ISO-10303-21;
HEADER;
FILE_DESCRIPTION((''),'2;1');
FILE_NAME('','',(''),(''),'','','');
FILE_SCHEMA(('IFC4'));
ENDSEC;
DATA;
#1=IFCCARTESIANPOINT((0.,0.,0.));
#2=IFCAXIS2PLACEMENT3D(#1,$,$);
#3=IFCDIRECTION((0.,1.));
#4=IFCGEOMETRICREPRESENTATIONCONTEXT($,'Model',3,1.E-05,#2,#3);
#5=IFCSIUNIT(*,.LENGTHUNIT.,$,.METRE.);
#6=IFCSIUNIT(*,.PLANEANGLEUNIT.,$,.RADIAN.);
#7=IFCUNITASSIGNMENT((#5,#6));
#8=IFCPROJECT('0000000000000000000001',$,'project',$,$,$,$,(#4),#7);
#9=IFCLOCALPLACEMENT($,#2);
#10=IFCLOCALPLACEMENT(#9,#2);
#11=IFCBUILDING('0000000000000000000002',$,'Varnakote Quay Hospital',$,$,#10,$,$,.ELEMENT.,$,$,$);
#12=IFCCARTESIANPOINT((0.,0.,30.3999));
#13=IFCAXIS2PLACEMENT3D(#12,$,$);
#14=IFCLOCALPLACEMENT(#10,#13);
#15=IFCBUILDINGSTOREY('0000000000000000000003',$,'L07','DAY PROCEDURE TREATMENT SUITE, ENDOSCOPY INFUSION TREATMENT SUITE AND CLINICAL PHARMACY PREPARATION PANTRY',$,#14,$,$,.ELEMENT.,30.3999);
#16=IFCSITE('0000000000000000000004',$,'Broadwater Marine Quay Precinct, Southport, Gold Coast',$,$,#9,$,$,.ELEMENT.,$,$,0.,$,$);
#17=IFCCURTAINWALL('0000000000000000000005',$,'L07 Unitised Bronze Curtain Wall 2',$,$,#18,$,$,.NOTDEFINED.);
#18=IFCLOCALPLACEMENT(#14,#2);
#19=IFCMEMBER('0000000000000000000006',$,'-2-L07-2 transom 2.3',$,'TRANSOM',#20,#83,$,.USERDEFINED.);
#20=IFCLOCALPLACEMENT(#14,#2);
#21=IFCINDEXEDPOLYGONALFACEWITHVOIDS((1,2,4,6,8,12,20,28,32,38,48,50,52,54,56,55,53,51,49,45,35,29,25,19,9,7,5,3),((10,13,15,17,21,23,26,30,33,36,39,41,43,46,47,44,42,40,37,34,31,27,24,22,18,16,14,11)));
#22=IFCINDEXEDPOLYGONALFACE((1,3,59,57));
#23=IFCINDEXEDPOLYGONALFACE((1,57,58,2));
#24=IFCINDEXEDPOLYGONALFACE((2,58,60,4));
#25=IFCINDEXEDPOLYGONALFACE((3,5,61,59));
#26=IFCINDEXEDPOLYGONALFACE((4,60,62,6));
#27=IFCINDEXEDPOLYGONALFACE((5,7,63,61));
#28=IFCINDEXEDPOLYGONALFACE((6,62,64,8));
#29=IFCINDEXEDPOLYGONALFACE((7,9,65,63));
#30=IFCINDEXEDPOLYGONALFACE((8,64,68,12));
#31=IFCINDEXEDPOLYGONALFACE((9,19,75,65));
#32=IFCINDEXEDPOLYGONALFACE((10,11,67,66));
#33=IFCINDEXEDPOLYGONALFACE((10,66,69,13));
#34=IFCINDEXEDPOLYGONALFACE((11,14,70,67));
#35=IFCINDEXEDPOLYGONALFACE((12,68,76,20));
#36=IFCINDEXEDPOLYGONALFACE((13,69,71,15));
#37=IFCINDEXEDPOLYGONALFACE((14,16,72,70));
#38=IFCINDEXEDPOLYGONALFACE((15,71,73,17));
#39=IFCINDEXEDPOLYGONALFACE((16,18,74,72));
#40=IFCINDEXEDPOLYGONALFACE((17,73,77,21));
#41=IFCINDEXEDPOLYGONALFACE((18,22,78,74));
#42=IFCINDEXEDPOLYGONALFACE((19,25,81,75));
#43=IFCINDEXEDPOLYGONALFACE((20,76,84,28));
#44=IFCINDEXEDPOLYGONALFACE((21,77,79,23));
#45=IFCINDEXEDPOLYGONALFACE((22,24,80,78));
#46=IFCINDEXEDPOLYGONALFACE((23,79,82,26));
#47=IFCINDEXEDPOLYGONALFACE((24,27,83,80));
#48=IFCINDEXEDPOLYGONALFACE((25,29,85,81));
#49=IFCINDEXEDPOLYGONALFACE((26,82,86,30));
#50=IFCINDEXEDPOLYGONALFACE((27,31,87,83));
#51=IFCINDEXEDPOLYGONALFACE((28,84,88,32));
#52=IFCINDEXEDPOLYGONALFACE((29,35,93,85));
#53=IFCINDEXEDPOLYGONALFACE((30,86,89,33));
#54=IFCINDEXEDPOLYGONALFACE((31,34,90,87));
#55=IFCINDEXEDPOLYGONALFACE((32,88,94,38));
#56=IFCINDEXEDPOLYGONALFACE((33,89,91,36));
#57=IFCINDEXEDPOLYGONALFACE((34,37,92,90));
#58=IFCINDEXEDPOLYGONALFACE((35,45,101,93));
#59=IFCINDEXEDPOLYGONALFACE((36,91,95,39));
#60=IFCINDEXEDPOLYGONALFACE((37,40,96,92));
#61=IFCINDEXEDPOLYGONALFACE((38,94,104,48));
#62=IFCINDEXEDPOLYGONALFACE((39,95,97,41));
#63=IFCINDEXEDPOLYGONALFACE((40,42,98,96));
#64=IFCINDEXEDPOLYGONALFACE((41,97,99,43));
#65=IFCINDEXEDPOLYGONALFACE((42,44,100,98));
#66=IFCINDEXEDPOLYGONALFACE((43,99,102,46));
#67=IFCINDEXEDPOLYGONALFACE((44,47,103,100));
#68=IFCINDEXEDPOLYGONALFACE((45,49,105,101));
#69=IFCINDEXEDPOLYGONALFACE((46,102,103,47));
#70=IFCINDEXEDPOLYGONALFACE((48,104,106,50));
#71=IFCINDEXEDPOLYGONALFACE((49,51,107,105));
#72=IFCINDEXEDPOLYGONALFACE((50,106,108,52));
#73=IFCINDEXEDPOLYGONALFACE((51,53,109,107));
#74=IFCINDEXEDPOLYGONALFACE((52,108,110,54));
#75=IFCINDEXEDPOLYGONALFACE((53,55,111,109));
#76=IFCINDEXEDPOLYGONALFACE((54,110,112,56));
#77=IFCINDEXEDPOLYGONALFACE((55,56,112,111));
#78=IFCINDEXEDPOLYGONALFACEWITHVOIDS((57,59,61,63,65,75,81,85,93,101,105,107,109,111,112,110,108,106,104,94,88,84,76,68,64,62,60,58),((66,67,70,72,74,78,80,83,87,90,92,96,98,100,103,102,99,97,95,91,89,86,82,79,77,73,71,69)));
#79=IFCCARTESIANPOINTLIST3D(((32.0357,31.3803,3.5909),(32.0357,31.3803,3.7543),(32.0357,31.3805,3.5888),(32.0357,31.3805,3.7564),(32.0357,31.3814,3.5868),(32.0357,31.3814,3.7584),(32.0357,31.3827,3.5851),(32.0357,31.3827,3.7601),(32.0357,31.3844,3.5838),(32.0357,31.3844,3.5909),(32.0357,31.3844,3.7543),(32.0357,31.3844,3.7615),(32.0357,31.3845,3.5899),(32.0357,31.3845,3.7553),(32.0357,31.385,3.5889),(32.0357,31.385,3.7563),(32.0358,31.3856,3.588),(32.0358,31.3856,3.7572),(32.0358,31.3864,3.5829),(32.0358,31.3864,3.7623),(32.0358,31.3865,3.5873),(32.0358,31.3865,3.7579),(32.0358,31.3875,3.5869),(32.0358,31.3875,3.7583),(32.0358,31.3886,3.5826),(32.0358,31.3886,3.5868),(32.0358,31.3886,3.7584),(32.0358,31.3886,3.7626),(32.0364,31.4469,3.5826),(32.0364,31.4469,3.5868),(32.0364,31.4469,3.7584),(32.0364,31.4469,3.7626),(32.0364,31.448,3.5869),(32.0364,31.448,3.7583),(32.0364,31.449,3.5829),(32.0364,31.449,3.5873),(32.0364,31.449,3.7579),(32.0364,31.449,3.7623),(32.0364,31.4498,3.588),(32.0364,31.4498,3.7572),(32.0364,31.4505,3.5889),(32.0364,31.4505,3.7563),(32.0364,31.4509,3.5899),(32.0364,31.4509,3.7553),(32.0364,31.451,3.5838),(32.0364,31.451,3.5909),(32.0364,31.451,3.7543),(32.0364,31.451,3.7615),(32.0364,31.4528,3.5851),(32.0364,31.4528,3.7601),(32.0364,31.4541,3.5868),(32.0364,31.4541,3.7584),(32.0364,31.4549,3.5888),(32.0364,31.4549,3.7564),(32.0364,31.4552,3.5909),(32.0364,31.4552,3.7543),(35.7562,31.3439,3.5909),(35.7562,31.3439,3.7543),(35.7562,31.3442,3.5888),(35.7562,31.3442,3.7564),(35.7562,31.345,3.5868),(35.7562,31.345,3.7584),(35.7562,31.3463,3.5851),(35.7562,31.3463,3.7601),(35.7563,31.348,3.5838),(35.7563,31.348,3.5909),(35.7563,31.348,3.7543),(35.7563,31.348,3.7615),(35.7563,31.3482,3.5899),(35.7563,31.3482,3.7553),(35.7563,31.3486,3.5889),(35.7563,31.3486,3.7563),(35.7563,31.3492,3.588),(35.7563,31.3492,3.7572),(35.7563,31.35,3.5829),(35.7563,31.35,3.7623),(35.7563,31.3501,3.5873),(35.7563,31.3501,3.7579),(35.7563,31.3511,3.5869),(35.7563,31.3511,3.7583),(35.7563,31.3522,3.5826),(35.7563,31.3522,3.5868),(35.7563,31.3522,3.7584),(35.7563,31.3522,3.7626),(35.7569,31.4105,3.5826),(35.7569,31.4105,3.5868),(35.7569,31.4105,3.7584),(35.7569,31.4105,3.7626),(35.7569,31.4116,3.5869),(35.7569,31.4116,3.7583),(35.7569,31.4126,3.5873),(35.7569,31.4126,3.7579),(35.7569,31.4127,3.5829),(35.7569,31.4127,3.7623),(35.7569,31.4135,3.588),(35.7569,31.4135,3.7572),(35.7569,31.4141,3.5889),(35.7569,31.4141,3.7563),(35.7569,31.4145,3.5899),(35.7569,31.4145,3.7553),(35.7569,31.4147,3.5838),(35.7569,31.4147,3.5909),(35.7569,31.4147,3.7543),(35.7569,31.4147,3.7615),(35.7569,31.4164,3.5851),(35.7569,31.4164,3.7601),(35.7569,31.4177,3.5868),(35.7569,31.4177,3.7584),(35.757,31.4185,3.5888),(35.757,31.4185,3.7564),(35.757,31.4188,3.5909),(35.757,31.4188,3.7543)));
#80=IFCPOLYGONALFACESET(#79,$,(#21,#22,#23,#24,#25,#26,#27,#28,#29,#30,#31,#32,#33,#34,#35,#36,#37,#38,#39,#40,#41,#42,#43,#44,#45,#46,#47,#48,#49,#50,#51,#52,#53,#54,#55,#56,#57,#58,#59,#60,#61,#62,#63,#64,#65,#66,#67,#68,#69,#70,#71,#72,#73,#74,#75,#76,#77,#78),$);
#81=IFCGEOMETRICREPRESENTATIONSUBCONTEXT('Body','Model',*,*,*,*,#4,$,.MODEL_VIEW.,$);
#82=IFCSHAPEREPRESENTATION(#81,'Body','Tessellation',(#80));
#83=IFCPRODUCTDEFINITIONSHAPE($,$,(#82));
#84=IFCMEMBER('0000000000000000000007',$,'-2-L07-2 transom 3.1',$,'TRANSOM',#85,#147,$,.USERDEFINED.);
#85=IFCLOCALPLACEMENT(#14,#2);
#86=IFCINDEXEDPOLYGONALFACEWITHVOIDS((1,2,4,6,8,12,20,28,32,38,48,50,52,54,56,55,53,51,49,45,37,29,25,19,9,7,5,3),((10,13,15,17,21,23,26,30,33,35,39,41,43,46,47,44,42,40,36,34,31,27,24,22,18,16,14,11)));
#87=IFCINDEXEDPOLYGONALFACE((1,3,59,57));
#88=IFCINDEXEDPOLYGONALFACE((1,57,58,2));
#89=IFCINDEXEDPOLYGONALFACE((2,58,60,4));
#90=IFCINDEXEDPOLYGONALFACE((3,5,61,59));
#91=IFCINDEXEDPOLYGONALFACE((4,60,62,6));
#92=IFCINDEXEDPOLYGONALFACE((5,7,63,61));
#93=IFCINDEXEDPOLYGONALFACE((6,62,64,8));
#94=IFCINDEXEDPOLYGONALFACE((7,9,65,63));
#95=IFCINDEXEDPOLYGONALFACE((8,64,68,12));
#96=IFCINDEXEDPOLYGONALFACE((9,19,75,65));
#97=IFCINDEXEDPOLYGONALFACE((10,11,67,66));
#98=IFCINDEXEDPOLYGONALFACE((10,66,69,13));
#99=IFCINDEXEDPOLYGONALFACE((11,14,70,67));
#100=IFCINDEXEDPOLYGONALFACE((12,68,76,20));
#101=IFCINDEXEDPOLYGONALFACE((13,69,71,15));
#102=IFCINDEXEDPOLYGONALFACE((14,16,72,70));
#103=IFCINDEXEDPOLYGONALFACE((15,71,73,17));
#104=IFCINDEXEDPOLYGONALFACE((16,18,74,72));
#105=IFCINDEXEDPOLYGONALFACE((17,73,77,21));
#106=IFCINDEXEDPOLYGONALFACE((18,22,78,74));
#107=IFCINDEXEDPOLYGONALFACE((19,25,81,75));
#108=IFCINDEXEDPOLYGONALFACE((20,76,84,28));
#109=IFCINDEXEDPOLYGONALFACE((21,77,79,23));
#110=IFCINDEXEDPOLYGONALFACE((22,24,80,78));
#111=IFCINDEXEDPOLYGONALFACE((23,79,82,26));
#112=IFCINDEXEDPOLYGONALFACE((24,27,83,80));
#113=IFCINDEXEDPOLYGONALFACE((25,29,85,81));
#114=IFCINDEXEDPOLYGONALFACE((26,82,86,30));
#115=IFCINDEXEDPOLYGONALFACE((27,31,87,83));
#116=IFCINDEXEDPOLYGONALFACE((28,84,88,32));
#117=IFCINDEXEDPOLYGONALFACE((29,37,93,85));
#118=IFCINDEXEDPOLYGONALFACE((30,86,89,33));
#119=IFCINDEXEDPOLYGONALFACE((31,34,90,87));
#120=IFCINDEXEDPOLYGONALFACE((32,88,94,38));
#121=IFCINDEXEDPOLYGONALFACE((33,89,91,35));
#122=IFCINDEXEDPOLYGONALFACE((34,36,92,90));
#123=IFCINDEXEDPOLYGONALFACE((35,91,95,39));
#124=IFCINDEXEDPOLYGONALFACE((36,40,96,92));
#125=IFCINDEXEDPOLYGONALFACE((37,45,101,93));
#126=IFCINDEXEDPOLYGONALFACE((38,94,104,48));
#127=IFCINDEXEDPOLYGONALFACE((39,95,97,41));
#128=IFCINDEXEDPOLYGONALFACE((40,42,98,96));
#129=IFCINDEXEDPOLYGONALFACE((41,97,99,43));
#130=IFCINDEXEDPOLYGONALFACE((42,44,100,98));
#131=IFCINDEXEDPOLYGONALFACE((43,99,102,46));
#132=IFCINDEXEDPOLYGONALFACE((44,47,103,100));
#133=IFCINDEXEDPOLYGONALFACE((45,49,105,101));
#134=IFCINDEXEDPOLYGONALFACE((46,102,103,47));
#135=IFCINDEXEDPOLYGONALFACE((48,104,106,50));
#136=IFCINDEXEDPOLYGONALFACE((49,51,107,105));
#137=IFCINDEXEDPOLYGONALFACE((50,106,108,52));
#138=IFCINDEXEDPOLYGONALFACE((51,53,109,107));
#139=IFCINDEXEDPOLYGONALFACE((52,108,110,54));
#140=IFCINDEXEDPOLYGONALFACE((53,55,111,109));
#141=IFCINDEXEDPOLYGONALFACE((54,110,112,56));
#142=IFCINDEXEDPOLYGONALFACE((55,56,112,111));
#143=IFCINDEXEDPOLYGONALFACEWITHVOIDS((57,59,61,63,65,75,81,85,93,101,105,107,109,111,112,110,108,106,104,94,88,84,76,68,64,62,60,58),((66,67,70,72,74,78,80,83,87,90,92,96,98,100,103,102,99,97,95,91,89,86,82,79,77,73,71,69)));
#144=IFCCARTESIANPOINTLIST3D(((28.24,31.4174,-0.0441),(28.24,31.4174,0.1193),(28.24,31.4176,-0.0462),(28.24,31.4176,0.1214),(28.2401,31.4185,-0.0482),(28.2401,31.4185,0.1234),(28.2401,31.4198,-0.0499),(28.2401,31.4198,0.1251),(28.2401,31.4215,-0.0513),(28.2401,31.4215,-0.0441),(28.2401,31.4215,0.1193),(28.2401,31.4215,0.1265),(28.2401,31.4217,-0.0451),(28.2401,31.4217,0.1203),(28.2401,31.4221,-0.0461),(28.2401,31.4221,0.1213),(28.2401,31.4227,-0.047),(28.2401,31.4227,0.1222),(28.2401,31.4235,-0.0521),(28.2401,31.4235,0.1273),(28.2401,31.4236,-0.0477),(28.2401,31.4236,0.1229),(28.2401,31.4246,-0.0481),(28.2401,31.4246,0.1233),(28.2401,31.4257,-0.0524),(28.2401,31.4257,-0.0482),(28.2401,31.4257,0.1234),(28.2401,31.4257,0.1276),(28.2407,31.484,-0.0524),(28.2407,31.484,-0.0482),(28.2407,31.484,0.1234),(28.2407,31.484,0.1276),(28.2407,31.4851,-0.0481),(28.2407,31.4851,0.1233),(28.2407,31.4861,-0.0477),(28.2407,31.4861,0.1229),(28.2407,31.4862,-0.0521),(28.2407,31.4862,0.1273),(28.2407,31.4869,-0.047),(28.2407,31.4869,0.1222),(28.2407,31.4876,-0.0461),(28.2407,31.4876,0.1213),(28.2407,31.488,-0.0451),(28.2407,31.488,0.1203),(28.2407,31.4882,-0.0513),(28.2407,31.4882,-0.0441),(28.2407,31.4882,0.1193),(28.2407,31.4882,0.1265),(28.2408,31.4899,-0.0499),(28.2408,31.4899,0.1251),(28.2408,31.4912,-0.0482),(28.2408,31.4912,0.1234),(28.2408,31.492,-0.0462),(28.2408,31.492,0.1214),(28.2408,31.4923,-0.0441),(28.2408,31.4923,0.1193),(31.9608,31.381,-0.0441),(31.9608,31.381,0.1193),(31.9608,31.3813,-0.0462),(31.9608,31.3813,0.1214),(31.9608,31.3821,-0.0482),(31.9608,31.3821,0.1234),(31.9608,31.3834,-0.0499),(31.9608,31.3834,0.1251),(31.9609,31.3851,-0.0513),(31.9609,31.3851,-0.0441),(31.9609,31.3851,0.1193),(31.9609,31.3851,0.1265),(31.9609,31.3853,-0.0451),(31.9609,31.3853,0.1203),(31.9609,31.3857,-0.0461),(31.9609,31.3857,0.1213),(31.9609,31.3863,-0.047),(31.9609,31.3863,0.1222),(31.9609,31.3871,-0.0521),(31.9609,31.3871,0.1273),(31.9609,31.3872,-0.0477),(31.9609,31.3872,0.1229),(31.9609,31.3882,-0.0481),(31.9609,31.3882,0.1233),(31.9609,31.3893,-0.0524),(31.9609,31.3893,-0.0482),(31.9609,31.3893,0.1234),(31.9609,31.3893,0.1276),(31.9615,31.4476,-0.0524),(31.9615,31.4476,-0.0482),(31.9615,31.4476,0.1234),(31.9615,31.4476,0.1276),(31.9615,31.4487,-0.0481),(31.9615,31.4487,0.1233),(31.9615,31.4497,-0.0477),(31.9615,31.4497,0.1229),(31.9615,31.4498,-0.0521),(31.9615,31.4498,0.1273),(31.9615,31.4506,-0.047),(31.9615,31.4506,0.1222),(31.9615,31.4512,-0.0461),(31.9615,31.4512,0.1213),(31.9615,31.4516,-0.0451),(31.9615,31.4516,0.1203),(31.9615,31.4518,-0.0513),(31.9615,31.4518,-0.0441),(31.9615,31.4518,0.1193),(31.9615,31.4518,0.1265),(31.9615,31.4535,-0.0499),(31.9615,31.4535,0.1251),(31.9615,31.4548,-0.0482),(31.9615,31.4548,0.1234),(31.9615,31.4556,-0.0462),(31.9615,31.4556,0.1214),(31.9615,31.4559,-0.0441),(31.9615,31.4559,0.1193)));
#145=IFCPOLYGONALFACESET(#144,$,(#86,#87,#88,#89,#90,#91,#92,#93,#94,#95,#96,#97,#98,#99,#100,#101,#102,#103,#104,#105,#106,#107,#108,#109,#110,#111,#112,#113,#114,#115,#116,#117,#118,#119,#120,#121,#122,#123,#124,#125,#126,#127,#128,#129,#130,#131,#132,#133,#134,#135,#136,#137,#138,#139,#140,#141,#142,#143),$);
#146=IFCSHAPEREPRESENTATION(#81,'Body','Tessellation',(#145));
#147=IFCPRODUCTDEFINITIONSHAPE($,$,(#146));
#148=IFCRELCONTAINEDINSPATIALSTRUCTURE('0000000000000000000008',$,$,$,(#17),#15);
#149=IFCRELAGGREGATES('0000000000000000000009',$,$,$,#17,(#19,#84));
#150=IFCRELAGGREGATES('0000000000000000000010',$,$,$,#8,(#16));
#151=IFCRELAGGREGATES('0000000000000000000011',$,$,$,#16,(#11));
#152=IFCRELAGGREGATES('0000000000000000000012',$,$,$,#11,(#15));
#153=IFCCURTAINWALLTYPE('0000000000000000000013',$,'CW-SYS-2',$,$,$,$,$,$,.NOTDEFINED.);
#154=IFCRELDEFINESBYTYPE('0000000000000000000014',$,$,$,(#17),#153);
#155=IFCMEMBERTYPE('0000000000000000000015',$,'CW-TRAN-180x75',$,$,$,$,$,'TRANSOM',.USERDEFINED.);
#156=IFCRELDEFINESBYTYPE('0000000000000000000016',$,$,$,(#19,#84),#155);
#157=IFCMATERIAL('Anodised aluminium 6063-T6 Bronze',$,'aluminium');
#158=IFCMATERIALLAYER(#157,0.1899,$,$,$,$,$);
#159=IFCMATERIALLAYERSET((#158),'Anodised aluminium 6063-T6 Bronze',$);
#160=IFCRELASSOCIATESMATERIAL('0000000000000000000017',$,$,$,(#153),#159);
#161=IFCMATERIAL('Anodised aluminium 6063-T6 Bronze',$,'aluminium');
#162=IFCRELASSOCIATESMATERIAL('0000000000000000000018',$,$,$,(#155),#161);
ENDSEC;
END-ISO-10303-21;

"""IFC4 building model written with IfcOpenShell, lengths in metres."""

from ifc_helpers import new_model, si_unit, direction, frame, origin, origin_2d, place, context, subcontext, project, spatial, hollow_rectangle, extrude, material, layer, layer_set, material_profile, profile_set, type_object, element, aggregate, save


model = new_model("IFC4")

# Units and contexts
model_context = context("Model", 3, precision=1e-05, world=origin(), true_north=direction((0.0, 1.0)))
body_context = subcontext(model_context, "Body", "Model", "MODEL_VIEW")
ifc_project = project(units=[si_unit("LENGTHUNIT", "METRE"), si_unit("PLANEANGLEUNIT", "RADIAN")], contexts=[model_context])

# Site, building, storey
site_placement = place(None, origin())
site = spatial("IfcSite", under=ifc_project, at=site_placement, Name="Broadwater Marine Quay Precinct, Southport, Gold Coast", CompositionType="ELEMENT", RefElevation=0.0)
building_placement = place(site_placement, origin())
building = spatial("IfcBuilding", under=site, at=building_placement, Name="Varnakote Quay Hospital", CompositionType="ELEMENT")
storey_placement = place(building_placement, frame((0.0, 0.0, 30.3999)))
storey = spatial("IfcBuildingStorey", under=building, at=storey_placement, Name="L07", Description="DAY PROCEDURE TREATMENT SUITE, ENDOSCOPY INFUSION TREATMENT SUITE AND CLINICAL PHARMACY PREPARATION PANTRY", CompositionType="ELEMENT", Elevation=30.3999)

# Shared definitions
ifc_material_1 = material(Name="Anodised aluminium 6063-T6 Bronze", Category="aluminium")
ifc_layer_1 = layer(ifc_material_1, 0.1899)
ifc_layer_set_1 = layer_set([ifc_layer_1], Name="Anodised aluminium 6063-T6 Bronze")
curtain_wall_type = type_object("IfcCurtainWallType", Name="CW-SYS-2", PredefinedType="NOTDEFINED", material=ifc_layer_set_1)

# Curtain wall, members
curtain_wall_1_placement = place(storey_placement, origin())
curtain_wall_1 = element("IfcCurtainWall", 1, at=curtain_wall_1_placement, inside=storey, type_object=curtain_wall_type, Name="L07 Unitised Bronze Curtain Wall 2", PredefinedType="NOTDEFINED")
ifc_material_2 = material(Name="Anodised aluminium 6063-T6 Bronze", Category="aluminium")
ifc_material_profile_1 = material_profile(ifc_material_2, hollow_rectangle(XDim=0.075, YDim=0.1799, WallThickness=0.0042, InnerFilletRadius=0.0042, OuterFilletRadius=0.0083, at=origin_2d()), Name="CW-TRAN-180x75")
ifc_profile_set_1 = profile_set([ifc_material_profile_1], Name="Anodised aluminium 6063-T6 Bronze")
member_type_1 = type_object("IfcMemberType", Name="CW-TRAN-180x75", ElementType="TRANSOM", PredefinedType="USERDEFINED", material=ifc_profile_set_1)
member_1_placement = place(storey_placement, frame((35.7566, 31.3813, 3.6726), z_axis=(-0.999952, 0.009777, 0.0), x_axis=(-0.009777, -0.999952, 0.0)))
member_1 = element("IfcMember", 2, at=member_1_placement, type_object=member_type_1, Name="-2-L07-2 transom 2.3", ObjectType="TRANSOM", PredefinedType="USERDEFINED", context=body_context, shape_type="SweptSolid", body=[
    extrude(hollow_rectangle(XDim=0.075, YDim=0.1799, WallThickness=0.0042, InnerFilletRadius=0.0042, OuterFilletRadius=0.0083, at=origin_2d()), origin(), (0.0, 0.0, 1.0), 3.7207),
])
member_2_placement = place(storey_placement, frame((31.9612, 31.4185, 0.0376), z_axis=(-0.999952, 0.009776, 0.0), x_axis=(-0.009776, -0.999952, 0.0)))
member_2 = element("IfcMember", 3, at=member_2_placement, type_object=member_type_1, Name="-2-L07-2 transom 3.1", ObjectType="TRANSOM", PredefinedType="USERDEFINED", context=body_context, shape_type="SweptSolid", body=[
    extrude(hollow_rectangle(XDim=0.075, YDim=0.1799, WallThickness=0.0042, InnerFilletRadius=0.0042, OuterFilletRadius=0.0083, at=origin_2d()), origin(), (0.0, 0.0, 1.0), 3.7209),
])

aggregate(curtain_wall_1, [member_1, member_2])

save(model, "model.ifc")
